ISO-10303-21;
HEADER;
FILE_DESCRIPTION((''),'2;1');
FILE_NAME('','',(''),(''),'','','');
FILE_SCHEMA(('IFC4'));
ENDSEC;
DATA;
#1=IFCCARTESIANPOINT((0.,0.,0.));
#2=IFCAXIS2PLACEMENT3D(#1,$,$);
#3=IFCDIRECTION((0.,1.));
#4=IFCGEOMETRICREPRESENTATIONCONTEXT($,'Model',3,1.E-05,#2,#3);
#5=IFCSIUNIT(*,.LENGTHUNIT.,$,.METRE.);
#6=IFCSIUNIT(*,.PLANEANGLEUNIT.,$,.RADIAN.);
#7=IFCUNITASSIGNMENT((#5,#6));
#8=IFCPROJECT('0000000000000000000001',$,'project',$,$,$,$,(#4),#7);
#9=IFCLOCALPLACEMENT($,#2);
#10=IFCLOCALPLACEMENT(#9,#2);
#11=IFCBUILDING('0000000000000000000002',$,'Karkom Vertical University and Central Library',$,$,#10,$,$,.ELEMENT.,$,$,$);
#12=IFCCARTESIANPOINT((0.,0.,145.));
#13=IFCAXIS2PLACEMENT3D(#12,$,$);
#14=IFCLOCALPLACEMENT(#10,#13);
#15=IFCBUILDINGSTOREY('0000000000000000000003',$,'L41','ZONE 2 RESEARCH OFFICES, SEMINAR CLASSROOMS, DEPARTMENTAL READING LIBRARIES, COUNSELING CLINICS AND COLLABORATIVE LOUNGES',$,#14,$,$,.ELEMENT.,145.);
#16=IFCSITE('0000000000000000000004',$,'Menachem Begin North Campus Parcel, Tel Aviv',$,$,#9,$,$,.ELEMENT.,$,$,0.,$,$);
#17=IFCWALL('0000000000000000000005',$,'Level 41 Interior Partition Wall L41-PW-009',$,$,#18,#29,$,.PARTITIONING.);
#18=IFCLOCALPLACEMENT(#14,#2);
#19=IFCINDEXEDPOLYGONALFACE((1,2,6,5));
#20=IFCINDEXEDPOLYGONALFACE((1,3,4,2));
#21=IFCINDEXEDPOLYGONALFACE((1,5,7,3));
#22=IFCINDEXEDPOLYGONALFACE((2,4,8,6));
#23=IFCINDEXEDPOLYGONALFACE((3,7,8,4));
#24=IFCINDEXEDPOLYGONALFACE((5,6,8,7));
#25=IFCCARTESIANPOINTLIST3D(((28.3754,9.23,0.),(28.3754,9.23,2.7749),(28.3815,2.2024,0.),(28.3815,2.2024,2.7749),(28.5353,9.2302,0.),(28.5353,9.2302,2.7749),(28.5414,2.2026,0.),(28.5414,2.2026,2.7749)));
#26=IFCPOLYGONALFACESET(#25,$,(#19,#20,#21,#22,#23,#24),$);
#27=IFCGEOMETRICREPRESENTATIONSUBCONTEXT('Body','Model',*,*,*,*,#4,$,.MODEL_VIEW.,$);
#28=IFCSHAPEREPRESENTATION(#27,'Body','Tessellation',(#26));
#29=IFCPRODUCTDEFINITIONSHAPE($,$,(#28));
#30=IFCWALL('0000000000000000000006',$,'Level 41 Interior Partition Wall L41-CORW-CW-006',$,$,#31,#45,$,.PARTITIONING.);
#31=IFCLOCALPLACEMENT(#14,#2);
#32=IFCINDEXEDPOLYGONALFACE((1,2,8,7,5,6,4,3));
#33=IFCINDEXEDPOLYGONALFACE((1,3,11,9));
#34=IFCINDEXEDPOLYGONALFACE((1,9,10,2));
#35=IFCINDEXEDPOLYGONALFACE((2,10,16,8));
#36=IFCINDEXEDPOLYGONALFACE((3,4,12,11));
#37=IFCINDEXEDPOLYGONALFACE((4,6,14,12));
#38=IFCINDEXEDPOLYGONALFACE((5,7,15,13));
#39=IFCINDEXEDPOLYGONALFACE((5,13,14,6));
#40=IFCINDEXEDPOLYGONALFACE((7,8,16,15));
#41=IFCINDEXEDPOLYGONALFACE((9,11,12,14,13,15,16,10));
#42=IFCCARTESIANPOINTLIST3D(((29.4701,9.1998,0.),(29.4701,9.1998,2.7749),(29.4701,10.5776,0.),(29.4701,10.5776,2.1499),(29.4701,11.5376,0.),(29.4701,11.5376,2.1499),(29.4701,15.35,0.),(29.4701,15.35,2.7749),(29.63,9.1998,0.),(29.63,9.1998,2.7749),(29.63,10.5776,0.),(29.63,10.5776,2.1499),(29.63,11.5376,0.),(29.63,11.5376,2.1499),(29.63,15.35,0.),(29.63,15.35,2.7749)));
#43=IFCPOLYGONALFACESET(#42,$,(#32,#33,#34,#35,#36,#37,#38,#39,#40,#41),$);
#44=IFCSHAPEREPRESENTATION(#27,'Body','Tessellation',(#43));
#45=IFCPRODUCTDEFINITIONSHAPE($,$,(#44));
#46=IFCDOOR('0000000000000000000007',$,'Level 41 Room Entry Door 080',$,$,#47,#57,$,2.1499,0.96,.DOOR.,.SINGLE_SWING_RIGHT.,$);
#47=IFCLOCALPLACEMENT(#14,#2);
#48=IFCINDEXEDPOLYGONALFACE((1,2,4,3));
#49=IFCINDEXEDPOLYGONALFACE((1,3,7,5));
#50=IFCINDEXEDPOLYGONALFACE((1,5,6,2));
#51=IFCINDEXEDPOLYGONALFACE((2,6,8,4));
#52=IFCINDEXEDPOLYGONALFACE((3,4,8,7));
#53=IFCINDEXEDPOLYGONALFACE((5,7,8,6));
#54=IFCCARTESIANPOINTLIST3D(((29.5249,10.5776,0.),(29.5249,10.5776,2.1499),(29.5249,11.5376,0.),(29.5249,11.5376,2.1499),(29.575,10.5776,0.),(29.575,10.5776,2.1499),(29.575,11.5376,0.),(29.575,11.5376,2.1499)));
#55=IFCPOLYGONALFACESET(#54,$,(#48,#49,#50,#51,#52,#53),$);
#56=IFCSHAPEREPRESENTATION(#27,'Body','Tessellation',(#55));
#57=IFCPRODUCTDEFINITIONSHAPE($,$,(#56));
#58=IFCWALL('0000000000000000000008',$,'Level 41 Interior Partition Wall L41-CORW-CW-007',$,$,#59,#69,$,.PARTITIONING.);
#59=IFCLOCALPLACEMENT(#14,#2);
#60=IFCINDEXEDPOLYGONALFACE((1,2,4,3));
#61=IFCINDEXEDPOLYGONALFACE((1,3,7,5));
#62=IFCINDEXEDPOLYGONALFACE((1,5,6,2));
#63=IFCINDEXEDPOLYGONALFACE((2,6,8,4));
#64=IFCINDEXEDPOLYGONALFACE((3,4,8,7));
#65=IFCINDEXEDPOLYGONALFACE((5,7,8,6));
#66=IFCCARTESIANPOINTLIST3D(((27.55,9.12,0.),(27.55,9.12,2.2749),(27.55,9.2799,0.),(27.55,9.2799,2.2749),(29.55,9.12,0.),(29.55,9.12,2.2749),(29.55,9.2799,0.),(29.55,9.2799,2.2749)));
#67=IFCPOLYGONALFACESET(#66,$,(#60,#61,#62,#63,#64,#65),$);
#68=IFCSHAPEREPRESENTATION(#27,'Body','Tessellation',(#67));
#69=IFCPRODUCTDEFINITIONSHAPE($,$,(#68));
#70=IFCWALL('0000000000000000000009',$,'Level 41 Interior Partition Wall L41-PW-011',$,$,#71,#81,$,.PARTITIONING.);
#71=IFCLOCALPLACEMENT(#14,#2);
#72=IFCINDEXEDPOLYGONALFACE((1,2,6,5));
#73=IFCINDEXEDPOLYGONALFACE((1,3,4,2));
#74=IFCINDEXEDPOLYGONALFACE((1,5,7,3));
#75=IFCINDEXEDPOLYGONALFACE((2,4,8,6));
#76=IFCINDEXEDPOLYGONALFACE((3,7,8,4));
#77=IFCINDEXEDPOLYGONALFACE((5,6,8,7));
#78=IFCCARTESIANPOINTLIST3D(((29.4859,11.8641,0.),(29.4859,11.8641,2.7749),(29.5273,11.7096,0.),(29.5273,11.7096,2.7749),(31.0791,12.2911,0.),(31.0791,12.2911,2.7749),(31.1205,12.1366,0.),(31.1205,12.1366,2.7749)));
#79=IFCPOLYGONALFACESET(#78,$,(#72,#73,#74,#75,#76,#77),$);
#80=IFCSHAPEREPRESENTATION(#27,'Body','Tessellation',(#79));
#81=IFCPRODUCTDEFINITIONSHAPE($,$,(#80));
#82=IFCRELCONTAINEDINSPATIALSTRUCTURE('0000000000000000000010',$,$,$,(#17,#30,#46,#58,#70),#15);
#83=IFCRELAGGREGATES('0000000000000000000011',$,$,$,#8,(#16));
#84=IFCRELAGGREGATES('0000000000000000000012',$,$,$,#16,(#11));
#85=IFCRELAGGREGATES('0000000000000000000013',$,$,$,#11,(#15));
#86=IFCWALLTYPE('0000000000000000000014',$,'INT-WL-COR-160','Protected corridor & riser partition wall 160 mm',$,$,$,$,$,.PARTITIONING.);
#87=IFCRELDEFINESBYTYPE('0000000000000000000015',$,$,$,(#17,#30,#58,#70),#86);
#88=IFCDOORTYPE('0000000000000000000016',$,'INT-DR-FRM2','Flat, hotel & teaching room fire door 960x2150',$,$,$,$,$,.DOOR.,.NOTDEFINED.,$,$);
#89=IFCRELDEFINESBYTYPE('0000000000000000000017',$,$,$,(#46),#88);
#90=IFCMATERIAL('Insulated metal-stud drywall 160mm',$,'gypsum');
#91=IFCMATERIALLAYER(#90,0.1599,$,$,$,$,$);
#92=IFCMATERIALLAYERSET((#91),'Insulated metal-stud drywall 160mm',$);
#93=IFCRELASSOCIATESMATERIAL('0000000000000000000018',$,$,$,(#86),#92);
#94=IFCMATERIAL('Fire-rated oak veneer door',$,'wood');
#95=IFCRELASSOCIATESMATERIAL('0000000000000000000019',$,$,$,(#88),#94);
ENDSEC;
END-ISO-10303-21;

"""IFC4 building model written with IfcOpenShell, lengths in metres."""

from ifc_helpers import new_model, si_unit, direction, frame, frame_2d, origin, origin_with_axes, place, context, subcontext, project, spatial, rectangle, extrude, source, transform, mapped, material, layer, layer_set, type_object, element, fill, save


model = new_model("IFC4")

# Units and contexts
model_context = context("Model", 3, precision=1e-05, world=origin(), true_north=direction((0.0, 1.0)))
body_context = subcontext(model_context, "Body", "Model", "MODEL_VIEW")
ifc_project = project(units=[si_unit("LENGTHUNIT", "METRE"), si_unit("PLANEANGLEUNIT", "RADIAN")], contexts=[model_context])

# Site, building, storey
site_placement = place(None, origin())
site = spatial("IfcSite", under=ifc_project, at=site_placement, Name="Menachem Begin North Campus Parcel, Tel Aviv", CompositionType="ELEMENT", RefElevation=0.0)
building_placement = place(site_placement, origin())
building = spatial("IfcBuilding", under=site, at=building_placement, Name="Karkom Vertical University and Central Library", CompositionType="ELEMENT")
storey_placement = place(building_placement, frame((0.0, 0.0, 145.0)))
storey = spatial("IfcBuildingStorey", under=building, at=storey_placement, Name="L41", Description="ZONE 2 RESEARCH OFFICES, SEMINAR CLASSROOMS, DEPARTMENTAL READING LIBRARIES, COUNSELING CLINICS AND COLLABORATIVE LOUNGES", CompositionType="ELEMENT", Elevation=145.0)

# Shared definitions
ifc_material_1 = material(Name="Insulated metal-stud drywall 160mm", Category="gypsum")
ifc_layer_1 = layer(ifc_material_1, 0.1599)
ifc_layer_set_1 = layer_set([ifc_layer_1], Name="Insulated metal-stud drywall 160mm")
wall_type_1 = type_object("IfcWallType", Name="INT-WL-COR-160", Description="Protected corridor & riser partition wall 160 mm", PredefinedType="PARTITIONING", material=ifc_layer_set_1)
ifc_material_2 = material(Name="Fire-rated oak veneer door", Category="wood")
door_type_1 = type_object("IfcDoorType", Name="INT-DR-FRM2", Description="Flat, hotel & teaching room fire door 960x2150", OperationType="NOTDEFINED", PredefinedType="DOOR", material=ifc_material_2)
shared_shape_1 = source(origin_with_axes(), body_context, "Body", "SweptSolid", [
    extrude(rectangle(XDim=0.96, YDim=2.1499, at=frame_2d((0.48, 1.075))), frame((0.0, 0.0249, 0.0), z_axis=(0.0, -1.0, 0.0), x_axis=(1.0, 0.0, 0.0)), (0.0, 0.0, 1.0), 0.05),
])

# Wall
wall_1_placement = place(storey_placement, frame((28.4553, 9.23, 0.0), z_axis=(0.0, 0.0, 1.0), x_axis=(0.000869, -1.0, 0.0)))
element("IfcWall", 1, at=wall_1_placement, inside=storey, type_object=wall_type_1, Name="Level 41 Interior Partition Wall L41-PW-009", PredefinedType="PARTITIONING", context=body_context, shape_type="SweptSolid", body=[
    extrude(rectangle(XDim=7.0276, YDim=0.1599, at=frame_2d((3.5137, 0.0))), origin(), (0.0, 0.0, 1.0), 2.7749),
])

# Wall, opening, door
wall_2_placement = place(storey_placement, frame((29.55, 15.3501, 0.0), z_axis=(0.0, 0.0, 1.0), x_axis=(0.0, -1.0, 0.0)))
wall_2 = element("IfcWall", 2, at=wall_2_placement, inside=storey, type_object=wall_type_1, Name="Level 41 Interior Partition Wall L41-CORW-CW-006", PredefinedType="PARTITIONING", context=body_context, shape_type="SweptSolid", body=[
    extrude(rectangle(XDim=6.1501, YDim=0.1599, at=frame_2d((3.0752, 0.0))), origin(), (0.0, 0.0, 1.0), 2.7749),
])
opening_1_placement = place(wall_2_placement, frame((3.8125, 0.0, 0.0)))
opening_1 = element("IfcOpeningElement", 3, at=opening_1_placement, cuts=wall_2, PredefinedType="OPENING", context=body_context, shape_type="SweptSolid", body=[
    extrude(rectangle(XDim=0.96, YDim=2.1499, at=frame_2d((0.48, 1.075))), frame((0.0, 0.0898, 0.0), z_axis=(0.0, -1.0, 0.0), x_axis=(1.0, 0.0, 0.0)), (0.0, 0.0, 1.0), 0.1799),
])
door_1_placement = place(opening_1_placement, origin())
door_1 = element("IfcDoor", 4, at=door_1_placement, inside=storey, type_object=door_type_1, Name="Level 41 Room Entry Door 080", OperationType="SINGLE_SWING_RIGHT", OverallHeight=2.1499, OverallWidth=0.96, PredefinedType="DOOR", context=body_context, shape_type="MappedRepresentation", body=[
    mapped(shared_shape_1, transform((0.0, 0.0, 0.0), scale=1.0)),
])
fill(opening_1, door_1)

# Walls
wall_3_placement = place(storey_placement, frame((29.55, 9.2, 0.0), z_axis=(0.0, 0.0, 1.0), x_axis=(-1.0, 0.0, 0.0)))
element("IfcWall", 5, at=wall_3_placement, inside=storey, type_object=wall_type_1, Name="Level 41 Interior Partition Wall L41-CORW-CW-007", PredefinedType="PARTITIONING", context=body_context, shape_type="SweptSolid", body=[
    extrude(rectangle(XDim=2.0, YDim=0.1599, at=frame_2d((1.0, 0.0))), origin(), (0.0, 0.0, 1.0), 2.2749),
])
wall_4_placement = place(storey_placement, frame((29.5066, 11.7869, 0.0), z_axis=(0.0, 0.0, 1.0), x_axis=(0.965912, 0.258869, 0.0)))
element("IfcWall", 6, at=wall_4_placement, inside=storey, type_object=wall_type_1, Name="Level 41 Interior Partition Wall L41-PW-011", PredefinedType="PARTITIONING", context=body_context, shape_type="SweptSolid", body=[
    extrude(rectangle(XDim=1.6494, YDim=0.1599, at=frame_2d((0.8247, 0.0))), origin(), (0.0, 0.0, 1.0), 2.7749),
])

save(model, "model.ifc")
